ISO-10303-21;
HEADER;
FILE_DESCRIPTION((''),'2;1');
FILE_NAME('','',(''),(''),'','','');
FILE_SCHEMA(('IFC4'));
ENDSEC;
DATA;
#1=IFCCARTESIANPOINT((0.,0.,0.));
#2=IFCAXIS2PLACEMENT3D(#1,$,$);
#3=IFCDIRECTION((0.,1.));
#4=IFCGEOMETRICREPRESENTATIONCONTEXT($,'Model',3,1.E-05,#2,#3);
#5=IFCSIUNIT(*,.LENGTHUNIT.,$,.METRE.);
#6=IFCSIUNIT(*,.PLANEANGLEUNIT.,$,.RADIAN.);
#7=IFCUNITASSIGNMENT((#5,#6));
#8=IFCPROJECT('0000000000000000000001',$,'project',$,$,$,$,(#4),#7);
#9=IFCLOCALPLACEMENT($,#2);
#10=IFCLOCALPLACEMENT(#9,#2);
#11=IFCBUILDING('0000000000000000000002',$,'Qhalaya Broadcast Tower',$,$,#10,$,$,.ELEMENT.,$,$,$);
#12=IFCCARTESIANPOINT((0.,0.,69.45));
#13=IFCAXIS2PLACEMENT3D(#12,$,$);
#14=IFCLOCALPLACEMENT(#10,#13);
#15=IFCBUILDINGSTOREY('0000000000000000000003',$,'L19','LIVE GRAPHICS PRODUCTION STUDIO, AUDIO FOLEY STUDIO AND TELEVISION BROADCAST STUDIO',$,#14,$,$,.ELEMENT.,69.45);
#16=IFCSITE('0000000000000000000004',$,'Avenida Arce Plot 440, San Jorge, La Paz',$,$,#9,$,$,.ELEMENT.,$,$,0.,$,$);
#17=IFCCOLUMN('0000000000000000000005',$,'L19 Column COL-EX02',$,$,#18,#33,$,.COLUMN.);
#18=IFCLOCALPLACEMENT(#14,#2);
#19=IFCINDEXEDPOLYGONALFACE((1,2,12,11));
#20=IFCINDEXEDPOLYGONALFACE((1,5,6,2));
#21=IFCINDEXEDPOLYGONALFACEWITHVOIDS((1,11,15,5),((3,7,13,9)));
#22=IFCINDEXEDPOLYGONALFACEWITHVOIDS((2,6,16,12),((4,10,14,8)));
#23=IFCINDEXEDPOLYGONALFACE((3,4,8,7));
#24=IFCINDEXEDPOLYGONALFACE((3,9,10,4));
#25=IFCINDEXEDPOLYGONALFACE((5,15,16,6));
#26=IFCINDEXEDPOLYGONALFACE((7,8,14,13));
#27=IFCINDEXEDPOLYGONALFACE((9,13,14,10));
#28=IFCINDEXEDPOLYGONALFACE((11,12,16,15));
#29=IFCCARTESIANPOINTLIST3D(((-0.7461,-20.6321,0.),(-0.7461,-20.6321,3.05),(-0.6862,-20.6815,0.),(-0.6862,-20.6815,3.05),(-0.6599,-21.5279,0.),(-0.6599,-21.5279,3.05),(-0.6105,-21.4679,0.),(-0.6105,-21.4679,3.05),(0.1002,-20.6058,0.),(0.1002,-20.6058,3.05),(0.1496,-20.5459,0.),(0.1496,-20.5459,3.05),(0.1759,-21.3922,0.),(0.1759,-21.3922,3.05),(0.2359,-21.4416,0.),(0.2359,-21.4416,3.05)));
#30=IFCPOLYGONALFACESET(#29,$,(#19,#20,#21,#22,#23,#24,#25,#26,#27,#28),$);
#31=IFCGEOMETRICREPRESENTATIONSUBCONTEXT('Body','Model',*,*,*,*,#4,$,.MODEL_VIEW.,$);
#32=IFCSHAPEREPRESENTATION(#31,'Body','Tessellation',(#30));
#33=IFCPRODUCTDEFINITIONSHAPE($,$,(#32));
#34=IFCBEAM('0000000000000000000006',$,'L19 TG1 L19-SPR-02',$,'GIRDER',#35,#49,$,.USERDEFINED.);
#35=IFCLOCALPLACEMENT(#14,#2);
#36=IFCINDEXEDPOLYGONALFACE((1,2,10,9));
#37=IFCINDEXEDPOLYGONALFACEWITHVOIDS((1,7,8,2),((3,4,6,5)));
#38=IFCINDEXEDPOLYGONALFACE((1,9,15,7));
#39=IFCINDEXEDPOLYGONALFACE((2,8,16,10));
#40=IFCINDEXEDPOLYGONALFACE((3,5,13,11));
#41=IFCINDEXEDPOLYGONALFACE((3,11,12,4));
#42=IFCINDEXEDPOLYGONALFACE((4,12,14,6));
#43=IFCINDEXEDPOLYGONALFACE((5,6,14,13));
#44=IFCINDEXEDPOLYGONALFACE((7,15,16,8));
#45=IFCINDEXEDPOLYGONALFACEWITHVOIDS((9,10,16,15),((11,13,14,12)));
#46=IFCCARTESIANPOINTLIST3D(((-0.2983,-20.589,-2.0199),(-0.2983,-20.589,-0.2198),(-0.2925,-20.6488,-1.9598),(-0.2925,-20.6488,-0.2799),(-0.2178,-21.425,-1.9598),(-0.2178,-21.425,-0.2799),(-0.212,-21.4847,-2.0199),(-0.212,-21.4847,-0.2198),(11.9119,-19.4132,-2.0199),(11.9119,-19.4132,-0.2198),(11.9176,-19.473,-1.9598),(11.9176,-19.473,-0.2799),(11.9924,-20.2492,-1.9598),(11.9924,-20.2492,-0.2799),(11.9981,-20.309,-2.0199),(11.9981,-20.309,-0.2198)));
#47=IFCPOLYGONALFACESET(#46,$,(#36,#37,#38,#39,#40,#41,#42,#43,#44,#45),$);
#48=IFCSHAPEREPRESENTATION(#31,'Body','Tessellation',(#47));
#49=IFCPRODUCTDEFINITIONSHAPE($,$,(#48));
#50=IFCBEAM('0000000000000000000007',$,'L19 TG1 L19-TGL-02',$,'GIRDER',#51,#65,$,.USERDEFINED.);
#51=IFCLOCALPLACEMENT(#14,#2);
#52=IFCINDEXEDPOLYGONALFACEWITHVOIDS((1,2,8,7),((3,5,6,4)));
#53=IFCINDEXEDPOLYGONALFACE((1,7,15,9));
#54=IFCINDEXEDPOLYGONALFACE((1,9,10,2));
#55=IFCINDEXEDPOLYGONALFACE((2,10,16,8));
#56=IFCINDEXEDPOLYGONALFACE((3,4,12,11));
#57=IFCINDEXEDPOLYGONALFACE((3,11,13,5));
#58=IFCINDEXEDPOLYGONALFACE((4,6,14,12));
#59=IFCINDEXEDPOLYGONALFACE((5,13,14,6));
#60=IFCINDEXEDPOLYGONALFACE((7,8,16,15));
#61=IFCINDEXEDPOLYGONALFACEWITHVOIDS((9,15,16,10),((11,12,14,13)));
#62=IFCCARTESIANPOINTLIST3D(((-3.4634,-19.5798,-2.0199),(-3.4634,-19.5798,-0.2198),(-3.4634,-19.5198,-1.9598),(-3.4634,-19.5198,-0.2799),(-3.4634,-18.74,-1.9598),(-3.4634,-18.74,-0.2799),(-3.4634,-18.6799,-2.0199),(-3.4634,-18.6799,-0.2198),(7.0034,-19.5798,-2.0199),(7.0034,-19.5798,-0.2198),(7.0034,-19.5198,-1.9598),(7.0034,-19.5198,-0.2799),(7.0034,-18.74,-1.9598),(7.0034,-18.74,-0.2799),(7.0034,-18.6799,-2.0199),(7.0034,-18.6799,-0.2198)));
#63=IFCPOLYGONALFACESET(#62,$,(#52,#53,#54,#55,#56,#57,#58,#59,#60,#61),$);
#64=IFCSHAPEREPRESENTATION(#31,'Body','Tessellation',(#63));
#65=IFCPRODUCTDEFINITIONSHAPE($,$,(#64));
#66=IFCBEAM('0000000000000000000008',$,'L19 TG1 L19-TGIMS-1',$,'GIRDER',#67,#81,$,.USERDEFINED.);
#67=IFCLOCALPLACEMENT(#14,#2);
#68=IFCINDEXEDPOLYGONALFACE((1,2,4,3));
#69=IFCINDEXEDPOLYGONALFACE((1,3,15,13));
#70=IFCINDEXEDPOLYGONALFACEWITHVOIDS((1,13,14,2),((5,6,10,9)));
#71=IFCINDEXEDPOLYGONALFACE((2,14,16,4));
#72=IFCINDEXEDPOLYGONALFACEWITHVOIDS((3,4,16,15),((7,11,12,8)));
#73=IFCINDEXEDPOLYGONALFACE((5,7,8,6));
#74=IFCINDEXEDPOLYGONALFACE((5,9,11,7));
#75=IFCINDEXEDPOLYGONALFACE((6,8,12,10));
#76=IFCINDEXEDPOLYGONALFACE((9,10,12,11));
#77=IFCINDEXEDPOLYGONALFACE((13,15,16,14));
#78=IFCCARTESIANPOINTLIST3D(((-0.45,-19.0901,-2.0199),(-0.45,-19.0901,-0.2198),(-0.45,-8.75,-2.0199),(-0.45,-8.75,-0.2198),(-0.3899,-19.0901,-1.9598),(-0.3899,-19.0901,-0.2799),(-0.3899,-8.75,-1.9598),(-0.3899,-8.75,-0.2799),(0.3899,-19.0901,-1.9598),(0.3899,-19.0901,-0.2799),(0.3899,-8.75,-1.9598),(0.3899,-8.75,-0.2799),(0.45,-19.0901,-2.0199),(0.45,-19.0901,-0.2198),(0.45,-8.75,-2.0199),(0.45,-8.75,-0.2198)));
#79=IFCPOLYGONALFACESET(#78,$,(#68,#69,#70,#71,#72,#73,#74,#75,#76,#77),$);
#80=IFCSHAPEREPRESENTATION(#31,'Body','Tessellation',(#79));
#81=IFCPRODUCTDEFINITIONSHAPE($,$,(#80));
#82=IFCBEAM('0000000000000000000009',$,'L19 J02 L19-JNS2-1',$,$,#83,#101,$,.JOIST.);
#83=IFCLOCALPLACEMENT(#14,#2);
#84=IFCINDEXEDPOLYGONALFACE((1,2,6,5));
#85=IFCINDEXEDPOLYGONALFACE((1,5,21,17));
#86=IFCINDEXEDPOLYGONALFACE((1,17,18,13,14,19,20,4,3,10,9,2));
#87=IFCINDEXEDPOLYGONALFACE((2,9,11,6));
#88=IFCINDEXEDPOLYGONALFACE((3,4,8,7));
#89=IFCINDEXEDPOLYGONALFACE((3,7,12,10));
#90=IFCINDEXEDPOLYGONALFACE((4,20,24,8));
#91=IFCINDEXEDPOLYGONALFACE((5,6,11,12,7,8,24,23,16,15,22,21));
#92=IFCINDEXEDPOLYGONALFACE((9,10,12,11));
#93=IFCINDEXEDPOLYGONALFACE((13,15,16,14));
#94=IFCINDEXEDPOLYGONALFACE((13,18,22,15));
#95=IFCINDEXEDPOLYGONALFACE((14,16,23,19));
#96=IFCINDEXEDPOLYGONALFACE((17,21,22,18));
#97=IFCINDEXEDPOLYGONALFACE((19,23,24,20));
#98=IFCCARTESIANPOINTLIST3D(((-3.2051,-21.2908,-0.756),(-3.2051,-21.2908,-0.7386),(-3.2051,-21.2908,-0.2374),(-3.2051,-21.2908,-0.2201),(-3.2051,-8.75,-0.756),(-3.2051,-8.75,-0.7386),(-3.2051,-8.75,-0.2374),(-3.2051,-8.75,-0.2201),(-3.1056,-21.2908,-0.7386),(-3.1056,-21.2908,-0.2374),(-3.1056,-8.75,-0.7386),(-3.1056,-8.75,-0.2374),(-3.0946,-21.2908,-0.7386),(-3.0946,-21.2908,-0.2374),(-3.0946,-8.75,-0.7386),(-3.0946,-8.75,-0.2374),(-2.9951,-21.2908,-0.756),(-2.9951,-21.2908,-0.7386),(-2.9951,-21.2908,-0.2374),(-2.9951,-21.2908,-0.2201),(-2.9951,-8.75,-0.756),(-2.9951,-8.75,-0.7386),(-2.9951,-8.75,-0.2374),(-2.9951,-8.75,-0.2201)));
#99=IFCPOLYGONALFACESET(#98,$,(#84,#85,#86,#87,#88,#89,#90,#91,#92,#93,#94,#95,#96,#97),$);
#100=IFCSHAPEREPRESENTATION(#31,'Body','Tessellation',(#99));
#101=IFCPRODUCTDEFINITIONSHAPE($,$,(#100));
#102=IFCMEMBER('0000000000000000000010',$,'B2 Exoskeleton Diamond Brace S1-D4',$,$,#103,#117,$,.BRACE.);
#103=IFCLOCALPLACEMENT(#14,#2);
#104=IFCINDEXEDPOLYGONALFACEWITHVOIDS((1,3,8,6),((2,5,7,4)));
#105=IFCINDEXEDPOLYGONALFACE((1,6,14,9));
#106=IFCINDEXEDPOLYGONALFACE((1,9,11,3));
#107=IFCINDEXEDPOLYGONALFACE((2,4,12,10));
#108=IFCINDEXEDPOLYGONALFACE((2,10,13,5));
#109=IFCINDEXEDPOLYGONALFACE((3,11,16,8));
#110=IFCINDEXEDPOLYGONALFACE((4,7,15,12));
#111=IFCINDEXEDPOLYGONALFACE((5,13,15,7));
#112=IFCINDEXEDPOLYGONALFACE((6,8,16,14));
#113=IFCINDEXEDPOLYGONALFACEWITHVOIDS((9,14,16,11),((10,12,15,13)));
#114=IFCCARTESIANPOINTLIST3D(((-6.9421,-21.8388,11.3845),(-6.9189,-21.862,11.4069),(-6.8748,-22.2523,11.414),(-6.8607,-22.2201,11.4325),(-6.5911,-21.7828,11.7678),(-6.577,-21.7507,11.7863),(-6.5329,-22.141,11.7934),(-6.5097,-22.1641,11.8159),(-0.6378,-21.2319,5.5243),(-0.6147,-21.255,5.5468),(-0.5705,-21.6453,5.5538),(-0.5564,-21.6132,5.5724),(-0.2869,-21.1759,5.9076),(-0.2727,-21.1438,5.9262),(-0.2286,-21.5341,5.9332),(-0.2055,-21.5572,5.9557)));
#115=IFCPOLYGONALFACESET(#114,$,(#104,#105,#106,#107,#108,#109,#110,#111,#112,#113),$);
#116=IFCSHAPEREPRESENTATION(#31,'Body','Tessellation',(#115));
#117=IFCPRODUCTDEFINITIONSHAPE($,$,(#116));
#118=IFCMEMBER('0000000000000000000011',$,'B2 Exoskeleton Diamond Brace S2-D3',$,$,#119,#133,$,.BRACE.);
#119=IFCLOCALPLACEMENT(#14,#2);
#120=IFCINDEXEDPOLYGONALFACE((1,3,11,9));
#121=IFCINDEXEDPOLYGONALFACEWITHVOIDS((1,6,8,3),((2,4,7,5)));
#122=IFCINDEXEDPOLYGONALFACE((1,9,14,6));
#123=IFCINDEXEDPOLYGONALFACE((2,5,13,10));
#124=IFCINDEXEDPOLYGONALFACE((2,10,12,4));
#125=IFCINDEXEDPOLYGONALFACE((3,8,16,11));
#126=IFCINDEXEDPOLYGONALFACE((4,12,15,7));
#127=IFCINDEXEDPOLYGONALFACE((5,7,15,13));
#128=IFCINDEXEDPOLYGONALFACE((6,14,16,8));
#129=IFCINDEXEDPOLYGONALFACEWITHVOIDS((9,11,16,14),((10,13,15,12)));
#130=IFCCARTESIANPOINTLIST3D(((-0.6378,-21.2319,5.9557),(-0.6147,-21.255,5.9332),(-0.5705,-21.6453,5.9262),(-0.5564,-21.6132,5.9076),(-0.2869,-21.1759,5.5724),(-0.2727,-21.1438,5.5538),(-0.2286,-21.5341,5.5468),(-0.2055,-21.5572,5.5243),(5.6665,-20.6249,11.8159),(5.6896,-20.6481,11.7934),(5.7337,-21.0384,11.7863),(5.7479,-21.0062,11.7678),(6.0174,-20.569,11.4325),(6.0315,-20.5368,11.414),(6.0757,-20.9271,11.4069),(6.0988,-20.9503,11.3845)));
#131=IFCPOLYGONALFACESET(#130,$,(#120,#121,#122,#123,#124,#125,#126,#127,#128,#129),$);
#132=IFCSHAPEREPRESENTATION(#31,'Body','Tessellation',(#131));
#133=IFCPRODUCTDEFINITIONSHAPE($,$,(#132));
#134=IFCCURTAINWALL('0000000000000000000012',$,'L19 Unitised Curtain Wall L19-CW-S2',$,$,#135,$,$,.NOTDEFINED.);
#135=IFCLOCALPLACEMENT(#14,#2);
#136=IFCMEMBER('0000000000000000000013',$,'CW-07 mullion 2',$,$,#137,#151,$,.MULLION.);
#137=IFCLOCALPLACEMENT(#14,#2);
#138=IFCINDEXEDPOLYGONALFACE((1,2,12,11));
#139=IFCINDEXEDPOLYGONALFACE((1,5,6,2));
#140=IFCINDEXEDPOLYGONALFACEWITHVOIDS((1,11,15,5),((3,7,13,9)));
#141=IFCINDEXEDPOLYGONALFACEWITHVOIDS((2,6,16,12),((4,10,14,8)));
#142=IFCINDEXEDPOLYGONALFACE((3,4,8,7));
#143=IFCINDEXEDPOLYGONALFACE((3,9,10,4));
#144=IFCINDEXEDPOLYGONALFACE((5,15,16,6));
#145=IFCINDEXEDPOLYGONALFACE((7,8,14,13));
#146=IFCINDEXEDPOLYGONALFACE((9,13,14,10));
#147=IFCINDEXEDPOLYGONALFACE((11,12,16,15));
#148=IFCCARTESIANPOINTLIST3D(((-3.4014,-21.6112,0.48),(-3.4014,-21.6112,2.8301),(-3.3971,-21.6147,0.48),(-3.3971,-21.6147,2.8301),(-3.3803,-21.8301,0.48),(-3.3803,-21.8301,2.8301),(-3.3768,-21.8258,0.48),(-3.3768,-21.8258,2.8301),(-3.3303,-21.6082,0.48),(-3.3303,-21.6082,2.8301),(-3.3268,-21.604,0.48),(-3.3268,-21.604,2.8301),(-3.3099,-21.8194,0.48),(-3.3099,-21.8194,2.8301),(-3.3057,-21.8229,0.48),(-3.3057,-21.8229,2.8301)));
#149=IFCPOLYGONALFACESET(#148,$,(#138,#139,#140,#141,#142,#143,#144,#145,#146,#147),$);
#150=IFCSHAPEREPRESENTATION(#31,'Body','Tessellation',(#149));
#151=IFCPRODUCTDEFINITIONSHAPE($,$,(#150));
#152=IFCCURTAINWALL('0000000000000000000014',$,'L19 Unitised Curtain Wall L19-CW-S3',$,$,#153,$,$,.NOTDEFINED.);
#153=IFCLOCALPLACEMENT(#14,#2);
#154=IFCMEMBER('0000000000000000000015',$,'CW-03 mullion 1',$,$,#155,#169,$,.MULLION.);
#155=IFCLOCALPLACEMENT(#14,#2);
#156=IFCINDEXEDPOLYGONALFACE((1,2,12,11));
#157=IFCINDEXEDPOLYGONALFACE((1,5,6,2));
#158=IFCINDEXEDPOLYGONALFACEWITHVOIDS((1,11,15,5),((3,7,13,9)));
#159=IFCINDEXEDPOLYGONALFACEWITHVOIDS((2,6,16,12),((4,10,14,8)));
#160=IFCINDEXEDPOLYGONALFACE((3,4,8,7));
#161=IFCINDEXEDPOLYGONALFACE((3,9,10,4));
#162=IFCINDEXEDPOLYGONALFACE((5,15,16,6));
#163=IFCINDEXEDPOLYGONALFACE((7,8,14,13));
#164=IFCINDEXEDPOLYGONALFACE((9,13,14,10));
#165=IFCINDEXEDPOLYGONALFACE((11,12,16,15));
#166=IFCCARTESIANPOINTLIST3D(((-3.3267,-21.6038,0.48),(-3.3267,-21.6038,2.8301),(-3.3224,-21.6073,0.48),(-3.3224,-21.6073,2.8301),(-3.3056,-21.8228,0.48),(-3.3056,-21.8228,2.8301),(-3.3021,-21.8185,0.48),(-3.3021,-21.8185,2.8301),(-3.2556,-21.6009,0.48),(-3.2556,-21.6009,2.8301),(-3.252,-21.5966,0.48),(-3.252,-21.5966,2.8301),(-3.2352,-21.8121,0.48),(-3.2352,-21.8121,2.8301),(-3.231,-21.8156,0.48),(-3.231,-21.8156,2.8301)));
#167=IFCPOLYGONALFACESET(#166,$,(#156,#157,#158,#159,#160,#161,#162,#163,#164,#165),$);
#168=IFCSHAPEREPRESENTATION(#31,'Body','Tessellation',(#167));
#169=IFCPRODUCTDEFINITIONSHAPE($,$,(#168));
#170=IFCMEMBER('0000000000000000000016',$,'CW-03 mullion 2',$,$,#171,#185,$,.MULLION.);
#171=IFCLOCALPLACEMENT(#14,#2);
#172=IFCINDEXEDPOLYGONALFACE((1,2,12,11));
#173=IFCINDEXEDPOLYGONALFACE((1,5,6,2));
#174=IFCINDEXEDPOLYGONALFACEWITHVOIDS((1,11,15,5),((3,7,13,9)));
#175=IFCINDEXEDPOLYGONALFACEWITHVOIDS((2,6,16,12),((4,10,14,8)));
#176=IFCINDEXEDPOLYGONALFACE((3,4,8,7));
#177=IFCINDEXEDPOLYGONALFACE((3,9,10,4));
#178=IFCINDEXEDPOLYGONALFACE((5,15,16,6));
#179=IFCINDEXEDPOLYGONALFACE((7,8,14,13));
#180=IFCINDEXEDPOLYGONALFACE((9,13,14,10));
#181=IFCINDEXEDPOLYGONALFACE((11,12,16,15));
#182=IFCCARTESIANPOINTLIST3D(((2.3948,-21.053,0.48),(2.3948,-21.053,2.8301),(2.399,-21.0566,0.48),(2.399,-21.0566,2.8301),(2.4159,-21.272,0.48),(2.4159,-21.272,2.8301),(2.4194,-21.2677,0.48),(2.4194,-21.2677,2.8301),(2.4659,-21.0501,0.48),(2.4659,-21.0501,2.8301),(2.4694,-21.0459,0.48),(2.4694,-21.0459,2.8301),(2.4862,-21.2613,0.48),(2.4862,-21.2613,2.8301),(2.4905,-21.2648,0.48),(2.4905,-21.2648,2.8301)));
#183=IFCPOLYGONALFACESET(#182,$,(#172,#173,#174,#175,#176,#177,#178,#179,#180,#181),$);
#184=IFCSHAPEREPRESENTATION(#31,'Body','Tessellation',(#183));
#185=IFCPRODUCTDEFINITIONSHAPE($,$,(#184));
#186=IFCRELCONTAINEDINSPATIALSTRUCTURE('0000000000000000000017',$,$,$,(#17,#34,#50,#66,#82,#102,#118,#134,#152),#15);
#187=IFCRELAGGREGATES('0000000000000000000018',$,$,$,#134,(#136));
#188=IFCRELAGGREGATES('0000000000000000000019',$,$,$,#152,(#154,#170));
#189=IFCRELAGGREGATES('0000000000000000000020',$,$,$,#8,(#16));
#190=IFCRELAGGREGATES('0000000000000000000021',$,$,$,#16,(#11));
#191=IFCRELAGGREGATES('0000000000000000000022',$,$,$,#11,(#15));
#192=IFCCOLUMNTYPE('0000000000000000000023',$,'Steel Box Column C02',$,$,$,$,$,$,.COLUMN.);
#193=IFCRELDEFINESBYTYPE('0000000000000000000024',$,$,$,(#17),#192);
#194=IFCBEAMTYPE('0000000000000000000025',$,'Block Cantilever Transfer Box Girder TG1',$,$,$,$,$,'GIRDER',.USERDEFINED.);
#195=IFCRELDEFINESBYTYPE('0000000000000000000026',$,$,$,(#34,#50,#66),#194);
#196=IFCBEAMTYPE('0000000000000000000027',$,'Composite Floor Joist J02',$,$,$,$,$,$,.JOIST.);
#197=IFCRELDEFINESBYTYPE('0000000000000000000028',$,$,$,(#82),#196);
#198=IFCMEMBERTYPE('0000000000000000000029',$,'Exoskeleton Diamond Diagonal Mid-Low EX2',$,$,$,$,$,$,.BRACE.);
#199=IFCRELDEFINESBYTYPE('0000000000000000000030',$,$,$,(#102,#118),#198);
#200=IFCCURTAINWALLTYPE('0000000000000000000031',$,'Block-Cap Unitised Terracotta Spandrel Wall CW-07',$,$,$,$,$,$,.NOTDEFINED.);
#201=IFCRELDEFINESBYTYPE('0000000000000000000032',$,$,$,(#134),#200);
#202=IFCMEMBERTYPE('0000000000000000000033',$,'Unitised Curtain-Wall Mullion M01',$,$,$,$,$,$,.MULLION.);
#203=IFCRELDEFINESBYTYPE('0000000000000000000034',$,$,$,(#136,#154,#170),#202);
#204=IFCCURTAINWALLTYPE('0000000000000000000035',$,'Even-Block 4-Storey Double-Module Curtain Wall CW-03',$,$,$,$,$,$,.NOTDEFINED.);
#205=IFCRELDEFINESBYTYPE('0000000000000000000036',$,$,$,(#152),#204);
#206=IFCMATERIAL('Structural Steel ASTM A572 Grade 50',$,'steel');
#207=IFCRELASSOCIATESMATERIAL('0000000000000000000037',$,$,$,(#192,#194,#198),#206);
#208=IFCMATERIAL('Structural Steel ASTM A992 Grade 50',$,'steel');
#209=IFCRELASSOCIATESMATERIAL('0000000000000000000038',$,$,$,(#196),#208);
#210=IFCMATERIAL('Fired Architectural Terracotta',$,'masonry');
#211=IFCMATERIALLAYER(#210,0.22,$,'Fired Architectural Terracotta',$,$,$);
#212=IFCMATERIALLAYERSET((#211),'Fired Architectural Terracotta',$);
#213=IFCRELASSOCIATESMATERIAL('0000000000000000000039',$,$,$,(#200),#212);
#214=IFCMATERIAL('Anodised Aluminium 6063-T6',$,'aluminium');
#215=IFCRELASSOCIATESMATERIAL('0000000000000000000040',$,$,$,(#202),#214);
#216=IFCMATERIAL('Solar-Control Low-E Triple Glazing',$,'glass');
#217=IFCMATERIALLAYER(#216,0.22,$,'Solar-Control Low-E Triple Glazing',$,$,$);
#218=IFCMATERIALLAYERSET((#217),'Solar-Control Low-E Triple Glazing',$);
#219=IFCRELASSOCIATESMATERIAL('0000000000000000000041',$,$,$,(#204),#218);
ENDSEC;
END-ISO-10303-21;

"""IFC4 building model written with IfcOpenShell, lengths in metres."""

from ifc_helpers import new_model, si_unit, direction, frame, origin, origin_2d, place, context, subcontext, project, spatial, hollow_rectangle, i_section, extrude, material, layer, layer_set, material_profile, profile_set, type_object, element, aggregate, save


model = new_model("IFC4")

# Units and contexts
model_context = context("Model", 3, precision=1e-05, world=origin(), true_north=direction((0.0, 1.0)))
body_context = subcontext(model_context, "Body", "Model", "MODEL_VIEW")
ifc_project = project(units=[si_unit("LENGTHUNIT", "METRE"), si_unit("PLANEANGLEUNIT", "RADIAN")], contexts=[model_context])

# Site, building, storey
site_placement = place(None, origin())
site = spatial("IfcSite", under=ifc_project, at=site_placement, Name="Avenida Arce Plot 440, San Jorge, La Paz", CompositionType="ELEMENT", RefElevation=0.0)
building_placement = place(site_placement, origin())
building = spatial("IfcBuilding", under=site, at=building_placement, Name="Qhalaya Broadcast Tower", CompositionType="ELEMENT")
storey_placement = place(building_placement, frame((0.0, 0.0, 69.45)))
storey = spatial("IfcBuildingStorey", under=building, at=storey_placement, Name="L19", Description="LIVE GRAPHICS PRODUCTION STUDIO, AUDIO FOLEY STUDIO AND TELEVISION BROADCAST STUDIO", CompositionType="ELEMENT", Elevation=69.45)

# Column
ifc_material_1 = material(Name="Structural Steel ASTM A572 Grade 50", Category="steel")
ifc_material_profile_1 = material_profile(ifc_material_1, hollow_rectangle(XDim=0.8999, YDim=0.8999, WallThickness=0.0549, at=origin_2d()), Name="BOX 900x900x55")
ifc_profile_set_1 = profile_set([ifc_material_profile_1], Name="Structural Steel ASTM A572 Grade 50")
column_type = type_object("IfcColumnType", Name="Steel Box Column C02", PredefinedType="COLUMN", material=ifc_profile_set_1)
column_placement = place(storey_placement, frame((-0.2551, -21.0369, 0.0), z_axis=(0.0, 0.0, 1.0), x_axis=(0.995396, 0.095846, 0.0)))
element("IfcColumn", 1, at=column_placement, inside=storey, type_object=column_type, Name="L19 Column COL-EX02", PredefinedType="COLUMN", context=body_context, shape_type="SweptSolid", body=[
    extrude(hollow_rectangle(XDim=0.8999, YDim=0.8999, WallThickness=0.0549, at=origin_2d()), origin(), (0.0, 0.0, 1.0), 3.05),
])

# Beams
ifc_material_profile_2 = material_profile(ifc_material_1, hollow_rectangle(XDim=0.8999, YDim=1.8, WallThickness=0.0601, at=origin_2d()), Name="BOX 900x1800x60")
ifc_profile_set_2 = profile_set([ifc_material_profile_2], Name="Structural Steel ASTM A572 Grade 50")
beam_type_1 = type_object("IfcBeamType", Name="Block Cantilever Transfer Box Girder TG1", ElementType="GIRDER", PredefinedType="USERDEFINED", material=ifc_profile_set_2)
beam_1_placement = place(storey_placement, frame((-0.2551, -21.0369, -1.1199), z_axis=(0.995396, 0.095852, 0.0), x_axis=(-0.095852, 0.995396, 0.0)))
element("IfcBeam", 2, at=beam_1_placement, inside=storey, type_object=beam_type_1, Name="L19 TG1 L19-SPR-02", ObjectType="GIRDER", PredefinedType="USERDEFINED", context=body_context, shape_type="SweptSolid", body=[
    extrude(hollow_rectangle(XDim=0.8999, YDim=1.8, WallThickness=0.0601, at=origin_2d()), origin(), (0.0, 0.0, 1.0), 12.2666),
])
beam_2_placement = place(storey_placement, frame((-3.4634, -19.1299, -1.1199), z_axis=(1.0, 0.0, 0.0), x_axis=(0.0, 1.0, 0.0)))
element("IfcBeam", 3, at=beam_2_placement, inside=storey, type_object=beam_type_1, Name="L19 TG1 L19-TGL-02", ObjectType="GIRDER", PredefinedType="USERDEFINED", context=body_context, shape_type="SweptSolid", body=[
    extrude(hollow_rectangle(XDim=0.8999, YDim=1.8, WallThickness=0.0601, at=origin_2d()), origin(), (0.0, 0.0, 1.0), 10.4668),
])
beam_3_placement = place(storey_placement, frame((0.0, -19.0901, -1.1199), z_axis=(0.0, 1.0, 0.0), x_axis=(-1.0, 0.0, 0.0)))
element("IfcBeam", 4, at=beam_3_placement, inside=storey, type_object=beam_type_1, Name="L19 TG1 L19-TGIMS-1", ObjectType="GIRDER", PredefinedType="USERDEFINED", context=body_context, shape_type="SweptSolid", body=[
    extrude(hollow_rectangle(XDim=0.8999, YDim=1.8, WallThickness=0.0601, at=origin_2d()), origin(), (0.0, 0.0, 1.0), 10.3401),
])
ifc_material_2 = material(Name="Structural Steel ASTM A992 Grade 50", Category="steel")
ifc_material_profile_3 = material_profile(ifc_material_2, i_section(OverallWidth=0.21, OverallDepth=0.5359, WebThickness=0.011, FlangeThickness=0.0173, at=origin_2d()), Name="W21X68")
ifc_profile_set_3 = profile_set([ifc_material_profile_3], Name="Structural Steel ASTM A992 Grade 50")
beam_type_2 = type_object("IfcBeamType", Name="Composite Floor Joist J02", PredefinedType="JOIST", material=ifc_profile_set_3)
beam_4_placement = place(storey_placement, frame((-3.1001, -21.2908, -0.488), z_axis=(0.0, 1.0, 0.0), x_axis=(-1.0, 0.0, 0.0)))
element("IfcBeam", 5, at=beam_4_placement, inside=storey, type_object=beam_type_2, Name="L19 J02 L19-JNS2-1", PredefinedType="JOIST", context=body_context, shape_type="SweptSolid", body=[
    extrude(i_section(OverallWidth=0.21, OverallDepth=0.5359, WebThickness=0.011, FlangeThickness=0.0173, at=origin_2d()), origin(), (0.0, 0.0, 1.0), 12.5408),
])

# Members
ifc_material_profile_4 = material_profile(ifc_material_1, hollow_rectangle(XDim=0.4199, YDim=0.55, WallThickness=0.0281, at=origin_2d()), Name="BOX 420x550x28")
ifc_profile_set_4 = profile_set([ifc_material_profile_4], Name="Structural Steel ASTM A572 Grade 50")
member_type_1 = type_object("IfcMemberType", Name="Exoskeleton Diamond Diagonal Mid-Low EX2", PredefinedType="BRACE", material=ifc_profile_set_4)
for number, where, z_axis, x_axis, name in (
    (6, (-0.4216, -21.3945, 5.74), (-0.73062, -0.07034, 0.679152), (0.160184, -0.984577, 0.070351), "B2 Exoskeleton Diamond Brace S1-D4"),
    (7, (-0.4216, -21.3945, 5.74), (0.73062, 0.07034, 0.679152), (-0.160184, 0.984577, 0.070351), "B2 Exoskeleton Diamond Brace S2-D3"),
):
    element("IfcMember", number, at=place(storey_placement, frame(where, z_axis=z_axis, x_axis=x_axis)), inside=storey, type_object=member_type_1, Name=name, PredefinedType="BRACE", context=body_context, shape_type="SweptSolid", body=[
        extrude(hollow_rectangle(XDim=0.4199, YDim=0.55, WallThickness=0.0281, at=origin_2d()), origin(), (0.0, 0.0, 1.0), 8.6287),
    ])

# Curtain wall, member
ifc_material_3 = material(Name="Fired Architectural Terracotta", Category="masonry")
ifc_layer_1 = layer(ifc_material_3, 0.22, Name="Fired Architectural Terracotta")
ifc_layer_set_1 = layer_set([ifc_layer_1], Name="Fired Architectural Terracotta")
curtain_wall_type_1 = type_object("IfcCurtainWallType", Name="Block-Cap Unitised Terracotta Spandrel Wall CW-07", PredefinedType="NOTDEFINED", material=ifc_layer_set_1)
curtain_wall_1_placement = place(storey_placement, origin())
curtain_wall_1 = element("IfcCurtainWall", 8, at=curtain_wall_1_placement, inside=storey, type_object=curtain_wall_type_1, Name="L19 Unitised Curtain Wall L19-CW-S2", PredefinedType="NOTDEFINED")
ifc_material_4 = material(Name="Anodised Aluminium 6063-T6", Category="aluminium")
ifc_material_profile_5 = material_profile(ifc_material_4, hollow_rectangle(XDim=0.075, YDim=0.22, WallThickness=0.0039, at=origin_2d()), Name="ALU-MUL 75x220x4")
ifc_profile_set_5 = profile_set([ifc_material_profile_5], Name="Anodised Aluminium 6063-T6")
member_type_2 = type_object("IfcMemberType", Name="Unitised Curtain-Wall Mullion M01", PredefinedType="MULLION", material=ifc_profile_set_5)
member_1_placement = place(storey_placement, frame((-3.3535, -21.717, 0.48), z_axis=(0.0, 0.0, 1.0), x_axis=(0.995396, 0.09585, 0.0)))
member_1 = element("IfcMember", 9, at=member_1_placement, type_object=member_type_2, Name="CW-07 mullion 2", PredefinedType="MULLION", context=body_context, shape_type="SweptSolid", body=[
    extrude(hollow_rectangle(XDim=0.075, YDim=0.22, WallThickness=0.0039, at=origin_2d()), origin(), (0.0, 0.0, 1.0), 2.3501),
])
aggregate(curtain_wall_1, [member_1])

# Curtain wall, members
ifc_material_5 = material(Name="Solar-Control Low-E Triple Glazing", Category="glass")
ifc_layer_2 = layer(ifc_material_5, 0.22, Name="Solar-Control Low-E Triple Glazing")
ifc_layer_set_2 = layer_set([ifc_layer_2], Name="Solar-Control Low-E Triple Glazing")
curtain_wall_type_2 = type_object("IfcCurtainWallType", Name="Even-Block 4-Storey Double-Module Curtain Wall CW-03", PredefinedType="NOTDEFINED", material=ifc_layer_set_2)
curtain_wall_2_placement = place(storey_placement, origin())
curtain_wall_2 = element("IfcCurtainWall", 10, at=curtain_wall_2_placement, inside=storey, type_object=curtain_wall_type_2, Name="L19 Unitised Curtain Wall L19-CW-S3", PredefinedType="NOTDEFINED")
member_2_placement = place(storey_placement, frame((-3.2788, -21.7097, 0.48), z_axis=(0.0, 0.0, 1.0), x_axis=(0.995396, 0.095844, 0.0)))
member_2 = element("IfcMember", 11, at=member_2_placement, type_object=member_type_2, Name="CW-03 mullion 1", PredefinedType="MULLION", context=body_context, shape_type="SweptSolid", body=[
    extrude(hollow_rectangle(XDim=0.075, YDim=0.22, WallThickness=0.0039, at=origin_2d()), origin(), (0.0, 0.0, 1.0), 2.3501),
])
member_3_placement = place(storey_placement, frame((2.4426, -21.1589, 0.48), z_axis=(0.0, 0.0, 1.0), x_axis=(0.995396, 0.095844, 0.0)))
member_3 = element("IfcMember", 12, at=member_3_placement, type_object=member_type_2, Name="CW-03 mullion 2", PredefinedType="MULLION", context=body_context, shape_type="SweptSolid", body=[
    extrude(hollow_rectangle(XDim=0.075, YDim=0.22, WallThickness=0.0039, at=origin_2d()), origin(), (0.0, 0.0, 1.0), 2.3501),
])

aggregate(curtain_wall_2, [member_2, member_3])

save(model, "model.ifc")
